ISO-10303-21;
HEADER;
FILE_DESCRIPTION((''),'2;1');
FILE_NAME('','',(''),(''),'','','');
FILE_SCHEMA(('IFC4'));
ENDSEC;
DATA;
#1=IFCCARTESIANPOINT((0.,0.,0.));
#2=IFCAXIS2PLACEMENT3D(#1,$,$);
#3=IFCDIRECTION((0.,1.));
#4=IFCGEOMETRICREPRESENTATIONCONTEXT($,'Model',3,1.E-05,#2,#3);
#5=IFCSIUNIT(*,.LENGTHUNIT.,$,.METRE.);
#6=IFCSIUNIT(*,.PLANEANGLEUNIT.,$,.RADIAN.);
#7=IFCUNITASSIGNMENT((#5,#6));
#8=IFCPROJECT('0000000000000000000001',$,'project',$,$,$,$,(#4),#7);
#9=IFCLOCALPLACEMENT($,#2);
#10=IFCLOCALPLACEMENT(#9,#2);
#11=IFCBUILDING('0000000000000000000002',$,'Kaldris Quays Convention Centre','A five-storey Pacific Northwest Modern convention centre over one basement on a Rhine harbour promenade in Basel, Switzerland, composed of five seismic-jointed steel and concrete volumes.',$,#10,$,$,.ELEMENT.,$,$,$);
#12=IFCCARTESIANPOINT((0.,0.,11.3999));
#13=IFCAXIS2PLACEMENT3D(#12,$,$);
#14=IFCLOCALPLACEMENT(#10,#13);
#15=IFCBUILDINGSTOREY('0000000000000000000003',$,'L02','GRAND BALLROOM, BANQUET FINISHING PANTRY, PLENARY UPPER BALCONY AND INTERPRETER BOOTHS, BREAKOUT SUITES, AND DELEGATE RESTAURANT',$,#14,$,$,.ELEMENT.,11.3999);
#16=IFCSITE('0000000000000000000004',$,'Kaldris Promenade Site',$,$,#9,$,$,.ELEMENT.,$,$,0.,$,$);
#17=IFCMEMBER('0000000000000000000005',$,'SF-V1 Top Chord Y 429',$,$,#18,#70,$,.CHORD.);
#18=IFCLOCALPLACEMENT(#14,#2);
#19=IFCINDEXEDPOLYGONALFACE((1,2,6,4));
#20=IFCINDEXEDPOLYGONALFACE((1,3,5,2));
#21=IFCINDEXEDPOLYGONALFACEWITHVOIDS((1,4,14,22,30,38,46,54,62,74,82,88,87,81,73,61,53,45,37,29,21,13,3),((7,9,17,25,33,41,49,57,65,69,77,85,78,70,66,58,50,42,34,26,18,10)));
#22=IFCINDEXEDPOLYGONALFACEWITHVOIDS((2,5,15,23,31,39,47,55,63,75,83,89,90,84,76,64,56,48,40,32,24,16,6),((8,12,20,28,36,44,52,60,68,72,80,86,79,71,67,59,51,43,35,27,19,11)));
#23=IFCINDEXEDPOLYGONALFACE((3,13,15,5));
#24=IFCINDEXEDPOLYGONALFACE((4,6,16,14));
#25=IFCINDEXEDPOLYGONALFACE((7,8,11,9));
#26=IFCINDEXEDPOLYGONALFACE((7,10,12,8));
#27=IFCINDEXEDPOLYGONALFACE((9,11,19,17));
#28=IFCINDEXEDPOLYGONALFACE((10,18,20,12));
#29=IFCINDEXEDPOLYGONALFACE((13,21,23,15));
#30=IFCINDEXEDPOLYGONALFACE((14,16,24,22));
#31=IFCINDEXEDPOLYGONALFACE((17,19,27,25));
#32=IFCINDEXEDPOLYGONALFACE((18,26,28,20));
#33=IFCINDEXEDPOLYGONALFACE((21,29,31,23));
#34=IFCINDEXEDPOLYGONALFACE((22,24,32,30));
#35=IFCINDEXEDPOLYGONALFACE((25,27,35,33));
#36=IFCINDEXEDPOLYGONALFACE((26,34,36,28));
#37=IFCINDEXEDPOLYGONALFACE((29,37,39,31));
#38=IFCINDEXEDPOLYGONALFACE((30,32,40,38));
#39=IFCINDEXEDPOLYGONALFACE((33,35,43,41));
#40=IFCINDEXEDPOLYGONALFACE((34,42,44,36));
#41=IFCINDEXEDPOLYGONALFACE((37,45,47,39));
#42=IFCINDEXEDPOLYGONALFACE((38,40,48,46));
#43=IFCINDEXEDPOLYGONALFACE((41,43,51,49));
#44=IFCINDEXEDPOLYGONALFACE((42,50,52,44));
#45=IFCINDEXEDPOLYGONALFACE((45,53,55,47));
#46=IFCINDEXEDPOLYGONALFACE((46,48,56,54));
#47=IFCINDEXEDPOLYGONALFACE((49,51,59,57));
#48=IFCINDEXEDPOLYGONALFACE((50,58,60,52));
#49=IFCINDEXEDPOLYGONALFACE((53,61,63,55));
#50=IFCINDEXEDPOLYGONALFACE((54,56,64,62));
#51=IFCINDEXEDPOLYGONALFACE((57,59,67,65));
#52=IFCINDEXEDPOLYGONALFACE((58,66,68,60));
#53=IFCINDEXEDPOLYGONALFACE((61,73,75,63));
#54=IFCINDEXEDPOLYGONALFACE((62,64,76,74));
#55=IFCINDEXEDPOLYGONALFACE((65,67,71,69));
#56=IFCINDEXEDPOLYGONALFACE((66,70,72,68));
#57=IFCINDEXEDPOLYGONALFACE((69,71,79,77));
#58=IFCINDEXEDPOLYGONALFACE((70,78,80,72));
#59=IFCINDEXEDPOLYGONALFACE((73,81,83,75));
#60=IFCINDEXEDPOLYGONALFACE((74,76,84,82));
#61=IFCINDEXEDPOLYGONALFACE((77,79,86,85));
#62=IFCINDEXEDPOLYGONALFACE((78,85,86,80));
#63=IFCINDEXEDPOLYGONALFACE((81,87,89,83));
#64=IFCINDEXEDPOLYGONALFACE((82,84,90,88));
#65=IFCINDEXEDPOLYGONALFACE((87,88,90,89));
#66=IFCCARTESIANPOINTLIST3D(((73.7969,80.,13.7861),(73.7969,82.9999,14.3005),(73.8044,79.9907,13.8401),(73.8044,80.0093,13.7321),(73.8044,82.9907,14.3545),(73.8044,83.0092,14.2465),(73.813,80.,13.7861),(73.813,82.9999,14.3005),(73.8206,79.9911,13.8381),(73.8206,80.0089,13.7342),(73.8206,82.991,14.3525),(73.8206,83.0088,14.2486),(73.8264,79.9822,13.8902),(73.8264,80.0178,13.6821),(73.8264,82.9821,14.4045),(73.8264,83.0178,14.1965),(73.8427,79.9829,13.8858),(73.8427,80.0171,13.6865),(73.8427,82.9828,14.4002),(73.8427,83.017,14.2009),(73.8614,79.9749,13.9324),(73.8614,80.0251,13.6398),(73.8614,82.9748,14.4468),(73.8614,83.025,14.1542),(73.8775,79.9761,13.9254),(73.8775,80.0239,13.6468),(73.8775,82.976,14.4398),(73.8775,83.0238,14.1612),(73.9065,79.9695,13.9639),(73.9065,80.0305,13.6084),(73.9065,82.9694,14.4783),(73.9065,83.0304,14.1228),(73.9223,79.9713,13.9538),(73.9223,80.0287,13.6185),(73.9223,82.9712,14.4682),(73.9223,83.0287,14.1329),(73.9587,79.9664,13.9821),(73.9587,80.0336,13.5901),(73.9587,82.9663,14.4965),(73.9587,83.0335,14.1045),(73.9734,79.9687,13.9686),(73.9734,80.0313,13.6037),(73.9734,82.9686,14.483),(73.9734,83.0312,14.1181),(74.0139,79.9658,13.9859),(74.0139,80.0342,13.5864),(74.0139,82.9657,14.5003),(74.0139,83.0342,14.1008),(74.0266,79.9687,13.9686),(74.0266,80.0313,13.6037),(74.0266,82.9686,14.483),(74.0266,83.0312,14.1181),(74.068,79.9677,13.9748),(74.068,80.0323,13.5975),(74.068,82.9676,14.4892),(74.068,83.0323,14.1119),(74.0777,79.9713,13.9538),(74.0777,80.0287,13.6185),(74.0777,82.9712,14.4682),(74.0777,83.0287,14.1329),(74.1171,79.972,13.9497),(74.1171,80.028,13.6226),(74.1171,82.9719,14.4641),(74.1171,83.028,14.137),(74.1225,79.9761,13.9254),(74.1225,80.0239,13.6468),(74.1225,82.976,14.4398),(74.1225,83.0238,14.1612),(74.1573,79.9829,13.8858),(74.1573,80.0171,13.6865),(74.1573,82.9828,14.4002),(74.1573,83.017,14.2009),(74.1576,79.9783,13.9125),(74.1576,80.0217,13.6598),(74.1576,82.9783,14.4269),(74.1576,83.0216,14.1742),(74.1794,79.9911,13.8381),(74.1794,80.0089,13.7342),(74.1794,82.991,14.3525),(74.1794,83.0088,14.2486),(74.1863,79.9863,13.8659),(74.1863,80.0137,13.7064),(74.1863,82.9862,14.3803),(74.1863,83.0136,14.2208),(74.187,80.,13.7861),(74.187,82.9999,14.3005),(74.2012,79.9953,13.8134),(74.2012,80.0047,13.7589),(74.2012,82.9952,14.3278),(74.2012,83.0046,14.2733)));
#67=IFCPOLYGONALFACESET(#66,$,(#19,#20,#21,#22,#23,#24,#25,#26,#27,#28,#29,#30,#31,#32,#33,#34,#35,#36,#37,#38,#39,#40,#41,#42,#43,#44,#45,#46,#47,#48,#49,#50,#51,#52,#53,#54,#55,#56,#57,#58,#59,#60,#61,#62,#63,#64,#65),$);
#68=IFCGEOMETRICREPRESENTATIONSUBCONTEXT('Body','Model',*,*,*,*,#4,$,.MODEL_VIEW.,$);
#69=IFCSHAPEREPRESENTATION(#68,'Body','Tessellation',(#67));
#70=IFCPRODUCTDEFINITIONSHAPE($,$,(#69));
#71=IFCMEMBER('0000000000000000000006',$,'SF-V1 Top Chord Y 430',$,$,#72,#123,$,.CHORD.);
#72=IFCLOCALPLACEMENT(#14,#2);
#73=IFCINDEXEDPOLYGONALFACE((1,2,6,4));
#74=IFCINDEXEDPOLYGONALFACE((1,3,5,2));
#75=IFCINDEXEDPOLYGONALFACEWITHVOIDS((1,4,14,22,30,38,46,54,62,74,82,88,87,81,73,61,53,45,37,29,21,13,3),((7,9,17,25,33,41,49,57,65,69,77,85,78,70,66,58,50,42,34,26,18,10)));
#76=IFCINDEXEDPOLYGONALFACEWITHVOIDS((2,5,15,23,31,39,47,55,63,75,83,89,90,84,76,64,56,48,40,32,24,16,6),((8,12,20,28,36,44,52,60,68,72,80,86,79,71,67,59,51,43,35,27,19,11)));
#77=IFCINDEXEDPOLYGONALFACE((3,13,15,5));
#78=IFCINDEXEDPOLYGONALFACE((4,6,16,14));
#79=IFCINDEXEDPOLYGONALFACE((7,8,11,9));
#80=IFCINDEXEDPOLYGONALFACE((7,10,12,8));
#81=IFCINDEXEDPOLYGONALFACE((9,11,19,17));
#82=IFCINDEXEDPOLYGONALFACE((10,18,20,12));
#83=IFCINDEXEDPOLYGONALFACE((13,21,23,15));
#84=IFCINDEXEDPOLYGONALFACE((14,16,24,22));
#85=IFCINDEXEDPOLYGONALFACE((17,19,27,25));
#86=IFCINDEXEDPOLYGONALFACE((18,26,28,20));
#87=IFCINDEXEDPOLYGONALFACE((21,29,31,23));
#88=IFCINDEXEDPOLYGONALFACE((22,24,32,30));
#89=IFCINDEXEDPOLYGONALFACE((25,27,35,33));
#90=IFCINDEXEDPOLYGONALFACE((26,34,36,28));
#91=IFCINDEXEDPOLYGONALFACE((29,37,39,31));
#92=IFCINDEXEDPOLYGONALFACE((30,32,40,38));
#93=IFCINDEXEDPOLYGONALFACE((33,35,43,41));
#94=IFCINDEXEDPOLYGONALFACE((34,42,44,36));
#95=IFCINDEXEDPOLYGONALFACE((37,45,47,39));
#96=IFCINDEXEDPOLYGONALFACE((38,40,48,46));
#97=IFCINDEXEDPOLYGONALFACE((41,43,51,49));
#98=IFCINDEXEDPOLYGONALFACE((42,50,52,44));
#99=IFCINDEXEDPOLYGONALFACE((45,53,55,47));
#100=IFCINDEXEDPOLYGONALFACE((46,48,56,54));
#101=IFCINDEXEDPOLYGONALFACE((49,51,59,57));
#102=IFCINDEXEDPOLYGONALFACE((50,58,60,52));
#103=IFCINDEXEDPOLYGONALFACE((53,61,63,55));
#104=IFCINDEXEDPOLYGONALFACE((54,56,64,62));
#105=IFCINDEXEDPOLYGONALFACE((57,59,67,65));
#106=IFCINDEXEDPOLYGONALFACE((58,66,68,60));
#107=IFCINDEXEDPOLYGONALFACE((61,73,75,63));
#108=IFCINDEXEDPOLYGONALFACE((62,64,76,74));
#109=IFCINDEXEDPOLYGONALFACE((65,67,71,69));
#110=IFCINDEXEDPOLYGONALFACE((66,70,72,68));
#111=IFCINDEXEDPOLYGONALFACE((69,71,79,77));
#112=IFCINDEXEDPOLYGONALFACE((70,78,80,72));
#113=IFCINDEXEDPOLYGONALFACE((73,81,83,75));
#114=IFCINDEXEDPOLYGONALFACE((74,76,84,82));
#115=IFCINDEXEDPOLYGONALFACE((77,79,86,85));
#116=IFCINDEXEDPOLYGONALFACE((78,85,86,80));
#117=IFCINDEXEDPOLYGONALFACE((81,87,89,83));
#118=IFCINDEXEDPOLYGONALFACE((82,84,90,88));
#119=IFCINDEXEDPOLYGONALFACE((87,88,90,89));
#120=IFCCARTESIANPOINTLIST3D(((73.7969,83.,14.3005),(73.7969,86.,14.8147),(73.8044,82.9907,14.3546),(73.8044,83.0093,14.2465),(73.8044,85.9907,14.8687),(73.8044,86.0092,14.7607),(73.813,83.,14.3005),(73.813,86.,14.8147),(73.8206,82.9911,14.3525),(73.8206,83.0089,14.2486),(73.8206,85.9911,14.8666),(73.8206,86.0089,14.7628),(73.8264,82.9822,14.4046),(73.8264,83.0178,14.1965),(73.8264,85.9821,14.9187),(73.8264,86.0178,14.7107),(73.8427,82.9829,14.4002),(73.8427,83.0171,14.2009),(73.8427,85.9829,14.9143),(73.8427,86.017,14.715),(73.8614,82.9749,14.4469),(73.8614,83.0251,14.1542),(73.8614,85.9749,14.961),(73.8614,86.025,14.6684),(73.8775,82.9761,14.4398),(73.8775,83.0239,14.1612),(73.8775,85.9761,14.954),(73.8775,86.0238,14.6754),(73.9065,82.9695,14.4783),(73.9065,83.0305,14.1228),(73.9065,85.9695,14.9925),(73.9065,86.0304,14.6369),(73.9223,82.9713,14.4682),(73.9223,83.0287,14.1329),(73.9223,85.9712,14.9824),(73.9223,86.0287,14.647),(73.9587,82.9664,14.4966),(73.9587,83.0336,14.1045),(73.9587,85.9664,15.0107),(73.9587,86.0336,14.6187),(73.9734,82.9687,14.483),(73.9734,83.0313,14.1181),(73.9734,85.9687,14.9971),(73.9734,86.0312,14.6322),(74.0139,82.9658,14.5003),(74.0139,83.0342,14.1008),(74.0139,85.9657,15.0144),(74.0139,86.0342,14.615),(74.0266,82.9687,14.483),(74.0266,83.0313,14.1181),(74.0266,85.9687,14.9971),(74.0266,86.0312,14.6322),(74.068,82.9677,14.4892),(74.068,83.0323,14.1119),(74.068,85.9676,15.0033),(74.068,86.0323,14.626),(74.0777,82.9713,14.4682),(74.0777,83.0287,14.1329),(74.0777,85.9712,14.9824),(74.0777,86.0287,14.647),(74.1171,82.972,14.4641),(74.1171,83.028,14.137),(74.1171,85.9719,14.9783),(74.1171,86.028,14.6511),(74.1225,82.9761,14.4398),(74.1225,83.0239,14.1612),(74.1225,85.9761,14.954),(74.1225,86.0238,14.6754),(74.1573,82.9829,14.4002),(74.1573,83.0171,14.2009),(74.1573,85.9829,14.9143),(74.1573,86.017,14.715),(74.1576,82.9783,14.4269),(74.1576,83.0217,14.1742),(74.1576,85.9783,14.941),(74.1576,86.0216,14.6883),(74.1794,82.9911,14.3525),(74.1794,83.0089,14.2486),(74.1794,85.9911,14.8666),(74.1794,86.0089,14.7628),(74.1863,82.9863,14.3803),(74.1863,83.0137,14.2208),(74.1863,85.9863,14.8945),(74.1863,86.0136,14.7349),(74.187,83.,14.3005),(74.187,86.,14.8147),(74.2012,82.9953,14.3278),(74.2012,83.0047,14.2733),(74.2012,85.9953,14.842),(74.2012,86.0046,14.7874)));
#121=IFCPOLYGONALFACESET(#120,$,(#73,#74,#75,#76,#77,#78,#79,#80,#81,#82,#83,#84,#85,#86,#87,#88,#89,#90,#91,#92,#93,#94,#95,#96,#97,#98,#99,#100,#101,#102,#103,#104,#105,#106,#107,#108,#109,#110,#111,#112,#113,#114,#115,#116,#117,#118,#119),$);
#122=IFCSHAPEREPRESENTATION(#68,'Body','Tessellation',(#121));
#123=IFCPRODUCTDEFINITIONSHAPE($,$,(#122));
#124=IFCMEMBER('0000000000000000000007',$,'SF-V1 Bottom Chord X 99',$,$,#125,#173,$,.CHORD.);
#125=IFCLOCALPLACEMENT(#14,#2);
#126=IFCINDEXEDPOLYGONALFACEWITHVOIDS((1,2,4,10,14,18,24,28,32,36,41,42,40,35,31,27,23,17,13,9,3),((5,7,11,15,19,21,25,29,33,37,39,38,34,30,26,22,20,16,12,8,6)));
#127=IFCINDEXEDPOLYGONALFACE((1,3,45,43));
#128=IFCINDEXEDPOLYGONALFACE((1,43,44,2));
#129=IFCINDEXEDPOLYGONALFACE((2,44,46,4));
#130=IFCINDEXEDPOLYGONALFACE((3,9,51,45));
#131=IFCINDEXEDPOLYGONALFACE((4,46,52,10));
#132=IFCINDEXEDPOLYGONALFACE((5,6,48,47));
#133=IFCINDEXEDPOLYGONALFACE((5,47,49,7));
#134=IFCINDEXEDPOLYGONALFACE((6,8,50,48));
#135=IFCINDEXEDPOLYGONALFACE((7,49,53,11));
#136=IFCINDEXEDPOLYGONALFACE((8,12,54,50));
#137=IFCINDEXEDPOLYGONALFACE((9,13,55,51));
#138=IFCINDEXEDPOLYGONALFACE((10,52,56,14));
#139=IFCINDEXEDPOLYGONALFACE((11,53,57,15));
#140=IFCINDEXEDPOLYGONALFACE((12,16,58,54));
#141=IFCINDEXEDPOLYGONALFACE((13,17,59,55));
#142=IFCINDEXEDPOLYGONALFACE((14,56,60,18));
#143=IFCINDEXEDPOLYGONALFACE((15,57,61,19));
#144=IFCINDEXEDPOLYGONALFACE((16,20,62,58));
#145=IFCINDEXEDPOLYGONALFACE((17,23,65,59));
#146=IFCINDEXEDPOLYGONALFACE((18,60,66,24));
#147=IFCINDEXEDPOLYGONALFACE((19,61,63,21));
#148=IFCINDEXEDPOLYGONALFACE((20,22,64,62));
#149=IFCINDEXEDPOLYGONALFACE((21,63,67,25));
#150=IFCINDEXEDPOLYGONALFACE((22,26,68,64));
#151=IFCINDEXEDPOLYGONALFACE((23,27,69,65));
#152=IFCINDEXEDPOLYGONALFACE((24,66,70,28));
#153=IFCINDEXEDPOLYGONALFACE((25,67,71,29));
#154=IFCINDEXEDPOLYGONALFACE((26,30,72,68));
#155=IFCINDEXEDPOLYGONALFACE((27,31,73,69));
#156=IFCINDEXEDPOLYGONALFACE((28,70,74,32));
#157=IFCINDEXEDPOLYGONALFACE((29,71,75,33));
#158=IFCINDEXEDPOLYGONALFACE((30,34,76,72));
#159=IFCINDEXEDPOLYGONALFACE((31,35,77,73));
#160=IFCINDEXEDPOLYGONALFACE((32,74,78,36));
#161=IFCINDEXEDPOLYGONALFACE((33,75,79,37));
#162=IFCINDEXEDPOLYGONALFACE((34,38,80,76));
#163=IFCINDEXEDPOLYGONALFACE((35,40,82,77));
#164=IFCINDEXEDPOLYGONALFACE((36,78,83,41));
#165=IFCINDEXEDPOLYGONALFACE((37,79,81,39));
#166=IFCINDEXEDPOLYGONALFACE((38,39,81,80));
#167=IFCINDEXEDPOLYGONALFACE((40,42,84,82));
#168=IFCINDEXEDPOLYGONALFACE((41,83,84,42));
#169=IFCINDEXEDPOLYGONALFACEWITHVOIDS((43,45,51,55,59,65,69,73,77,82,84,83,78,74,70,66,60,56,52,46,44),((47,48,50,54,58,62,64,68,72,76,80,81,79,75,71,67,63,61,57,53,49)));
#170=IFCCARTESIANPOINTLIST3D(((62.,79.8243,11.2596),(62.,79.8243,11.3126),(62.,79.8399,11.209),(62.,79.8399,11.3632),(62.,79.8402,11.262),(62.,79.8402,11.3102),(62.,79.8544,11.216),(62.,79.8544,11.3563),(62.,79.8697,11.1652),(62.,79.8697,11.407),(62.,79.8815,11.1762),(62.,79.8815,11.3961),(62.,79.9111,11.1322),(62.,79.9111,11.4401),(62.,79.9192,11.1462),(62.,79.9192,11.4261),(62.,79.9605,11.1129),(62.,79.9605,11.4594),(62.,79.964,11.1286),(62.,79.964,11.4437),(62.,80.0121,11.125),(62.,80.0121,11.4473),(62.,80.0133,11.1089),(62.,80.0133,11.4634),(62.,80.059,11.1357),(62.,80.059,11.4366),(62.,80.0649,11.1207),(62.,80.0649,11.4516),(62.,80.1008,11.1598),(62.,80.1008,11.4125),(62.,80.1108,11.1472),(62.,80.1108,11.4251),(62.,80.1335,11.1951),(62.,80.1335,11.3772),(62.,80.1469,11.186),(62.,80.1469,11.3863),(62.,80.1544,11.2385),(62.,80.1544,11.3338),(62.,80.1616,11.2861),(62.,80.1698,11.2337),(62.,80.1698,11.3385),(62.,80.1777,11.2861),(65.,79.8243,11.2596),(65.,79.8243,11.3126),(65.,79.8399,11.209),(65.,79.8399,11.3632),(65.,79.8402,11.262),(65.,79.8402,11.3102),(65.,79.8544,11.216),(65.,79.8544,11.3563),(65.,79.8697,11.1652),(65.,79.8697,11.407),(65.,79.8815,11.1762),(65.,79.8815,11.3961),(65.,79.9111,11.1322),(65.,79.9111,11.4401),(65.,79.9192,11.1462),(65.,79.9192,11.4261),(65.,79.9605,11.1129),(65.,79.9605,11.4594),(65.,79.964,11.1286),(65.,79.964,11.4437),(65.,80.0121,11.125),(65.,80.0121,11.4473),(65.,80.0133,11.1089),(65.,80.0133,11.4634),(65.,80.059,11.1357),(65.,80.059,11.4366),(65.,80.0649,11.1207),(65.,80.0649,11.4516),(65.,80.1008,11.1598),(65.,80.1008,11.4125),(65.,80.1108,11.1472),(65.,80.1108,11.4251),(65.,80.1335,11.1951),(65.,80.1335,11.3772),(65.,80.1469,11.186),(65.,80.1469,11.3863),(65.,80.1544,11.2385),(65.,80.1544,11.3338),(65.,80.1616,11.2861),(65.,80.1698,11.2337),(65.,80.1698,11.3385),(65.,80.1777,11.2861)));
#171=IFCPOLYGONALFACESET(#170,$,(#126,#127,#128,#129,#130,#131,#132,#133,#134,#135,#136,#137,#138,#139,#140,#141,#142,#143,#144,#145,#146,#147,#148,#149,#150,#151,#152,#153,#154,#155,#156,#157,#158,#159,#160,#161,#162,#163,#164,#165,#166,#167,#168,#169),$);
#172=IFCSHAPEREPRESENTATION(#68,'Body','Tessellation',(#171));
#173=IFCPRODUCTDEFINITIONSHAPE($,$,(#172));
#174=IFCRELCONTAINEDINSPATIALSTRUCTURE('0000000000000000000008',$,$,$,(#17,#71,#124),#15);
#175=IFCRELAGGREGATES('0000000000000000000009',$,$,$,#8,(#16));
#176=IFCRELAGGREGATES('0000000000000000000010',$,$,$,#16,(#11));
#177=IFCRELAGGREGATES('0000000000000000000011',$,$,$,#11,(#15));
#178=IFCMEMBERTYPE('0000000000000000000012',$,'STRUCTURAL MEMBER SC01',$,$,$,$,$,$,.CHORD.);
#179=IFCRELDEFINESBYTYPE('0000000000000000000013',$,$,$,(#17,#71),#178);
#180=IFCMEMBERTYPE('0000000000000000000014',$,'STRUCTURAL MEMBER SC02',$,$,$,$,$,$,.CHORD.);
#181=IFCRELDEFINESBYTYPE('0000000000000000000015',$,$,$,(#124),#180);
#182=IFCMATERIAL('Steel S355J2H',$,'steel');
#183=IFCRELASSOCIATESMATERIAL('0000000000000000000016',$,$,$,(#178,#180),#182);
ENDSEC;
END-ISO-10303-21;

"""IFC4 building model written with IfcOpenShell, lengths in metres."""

from ifc_helpers import new_model, si_unit, direction, frame, origin, origin_2d, place, context, subcontext, project, spatial, hollow_circle, extrude, material, material_profile, profile_set, type_object, element, save


model = new_model("IFC4")

# Units and contexts
model_context = context("Model", 3, precision=1e-05, world=origin(), true_north=direction((0.0, 1.0)))
body_context = subcontext(model_context, "Body", "Model", "MODEL_VIEW")
ifc_project = project(units=[si_unit("LENGTHUNIT", "METRE"), si_unit("PLANEANGLEUNIT", "RADIAN")], contexts=[model_context])

# Site, building, storey
site_placement = place(None, origin())
site = spatial("IfcSite", under=ifc_project, at=site_placement, Name="Kaldris Promenade Site", CompositionType="ELEMENT", RefElevation=0.0)
building_placement = place(site_placement, origin())
building = spatial("IfcBuilding", under=site, at=building_placement, Name="Kaldris Quays Convention Centre", Description="A five-storey Pacific Northwest Modern convention centre over one basement on a Rhine harbour promenade in Basel, Switzerland, composed of five seismic-jointed steel and concrete volumes.", CompositionType="ELEMENT")
storey_placement = place(building_placement, frame((0.0, 0.0, 11.3999)))
storey = spatial("IfcBuildingStorey", under=building, at=storey_placement, Name="L02", Description="GRAND BALLROOM, BANQUET FINISHING PANTRY, PLENARY UPPER BALCONY AND INTERPRETER BOOTHS, BREAKOUT SUITES, AND DELEGATE RESTAURANT", CompositionType="ELEMENT", Elevation=11.3999)

# Members
ifc_material_1 = material(Name="Steel S355J2H", Category="steel")
ifc_material_profile_1 = material_profile(ifc_material_1, hollow_circle(Radius=0.2031, WallThickness=0.0161, at=origin_2d()), Name="CHS 406.4x16")
ifc_profile_set_1 = profile_set([ifc_material_profile_1], Name="Steel S355J2H")
member_type_1 = type_object("IfcMemberType", Name="STRUCTURAL MEMBER SC01", PredefinedType="CHORD", material=ifc_profile_set_1)
for number, where, z_axis, x_axis, name in (
    (1, (74.0, 80.0, 13.7861), (0.0, 0.985616, 0.169002), (-1.0, 0.0, 0.0), "SF-V1 Top Chord Y 429"),
    (2, (74.0, 83.0, 14.3005), (0.0, 0.985629, 0.168924), (-1.0, 0.0, 0.0), "SF-V1 Top Chord Y 430"),
):
    element("IfcMember", number, at=place(storey_placement, frame(where, z_axis=z_axis, x_axis=x_axis)), inside=storey, type_object=member_type_1, Name=name, PredefinedType="CHORD", context=body_context, shape_type="SweptSolid", body=[
        extrude(hollow_circle(Radius=0.2031, WallThickness=0.0161, at=origin_2d()), origin(), (0.0, 0.0, 1.0), 3.0437),
    ])
ifc_material_profile_2 = material_profile(ifc_material_1, hollow_circle(Radius=0.1777, WallThickness=0.0161, at=origin_2d()), Name="CHS 355.6x16")
ifc_profile_set_2 = profile_set([ifc_material_profile_2], Name="Steel S355J2H")
member_type_2 = type_object("IfcMemberType", Name="STRUCTURAL MEMBER SC02", PredefinedType="CHORD", material=ifc_profile_set_2)
for number, where, z_axis, x_axis, name in (
    (3, (62.0, 80.0, 11.2861), (1.0, 0.0, 0.0), (0.0, 1.0, 0.0), "SF-V1 Bottom Chord X 99"),
):
    element("IfcMember", number, at=place(storey_placement, frame(where, z_axis=z_axis, x_axis=x_axis)), inside=storey, type_object=member_type_2, Name=name, PredefinedType="CHORD", context=body_context, shape_type="SweptSolid", body=[
        extrude(hollow_circle(Radius=0.1777, WallThickness=0.0161, at=origin_2d()), origin(), (0.0, 0.0, 1.0), 3.0),
    ])

save(model, "model.ifc")
